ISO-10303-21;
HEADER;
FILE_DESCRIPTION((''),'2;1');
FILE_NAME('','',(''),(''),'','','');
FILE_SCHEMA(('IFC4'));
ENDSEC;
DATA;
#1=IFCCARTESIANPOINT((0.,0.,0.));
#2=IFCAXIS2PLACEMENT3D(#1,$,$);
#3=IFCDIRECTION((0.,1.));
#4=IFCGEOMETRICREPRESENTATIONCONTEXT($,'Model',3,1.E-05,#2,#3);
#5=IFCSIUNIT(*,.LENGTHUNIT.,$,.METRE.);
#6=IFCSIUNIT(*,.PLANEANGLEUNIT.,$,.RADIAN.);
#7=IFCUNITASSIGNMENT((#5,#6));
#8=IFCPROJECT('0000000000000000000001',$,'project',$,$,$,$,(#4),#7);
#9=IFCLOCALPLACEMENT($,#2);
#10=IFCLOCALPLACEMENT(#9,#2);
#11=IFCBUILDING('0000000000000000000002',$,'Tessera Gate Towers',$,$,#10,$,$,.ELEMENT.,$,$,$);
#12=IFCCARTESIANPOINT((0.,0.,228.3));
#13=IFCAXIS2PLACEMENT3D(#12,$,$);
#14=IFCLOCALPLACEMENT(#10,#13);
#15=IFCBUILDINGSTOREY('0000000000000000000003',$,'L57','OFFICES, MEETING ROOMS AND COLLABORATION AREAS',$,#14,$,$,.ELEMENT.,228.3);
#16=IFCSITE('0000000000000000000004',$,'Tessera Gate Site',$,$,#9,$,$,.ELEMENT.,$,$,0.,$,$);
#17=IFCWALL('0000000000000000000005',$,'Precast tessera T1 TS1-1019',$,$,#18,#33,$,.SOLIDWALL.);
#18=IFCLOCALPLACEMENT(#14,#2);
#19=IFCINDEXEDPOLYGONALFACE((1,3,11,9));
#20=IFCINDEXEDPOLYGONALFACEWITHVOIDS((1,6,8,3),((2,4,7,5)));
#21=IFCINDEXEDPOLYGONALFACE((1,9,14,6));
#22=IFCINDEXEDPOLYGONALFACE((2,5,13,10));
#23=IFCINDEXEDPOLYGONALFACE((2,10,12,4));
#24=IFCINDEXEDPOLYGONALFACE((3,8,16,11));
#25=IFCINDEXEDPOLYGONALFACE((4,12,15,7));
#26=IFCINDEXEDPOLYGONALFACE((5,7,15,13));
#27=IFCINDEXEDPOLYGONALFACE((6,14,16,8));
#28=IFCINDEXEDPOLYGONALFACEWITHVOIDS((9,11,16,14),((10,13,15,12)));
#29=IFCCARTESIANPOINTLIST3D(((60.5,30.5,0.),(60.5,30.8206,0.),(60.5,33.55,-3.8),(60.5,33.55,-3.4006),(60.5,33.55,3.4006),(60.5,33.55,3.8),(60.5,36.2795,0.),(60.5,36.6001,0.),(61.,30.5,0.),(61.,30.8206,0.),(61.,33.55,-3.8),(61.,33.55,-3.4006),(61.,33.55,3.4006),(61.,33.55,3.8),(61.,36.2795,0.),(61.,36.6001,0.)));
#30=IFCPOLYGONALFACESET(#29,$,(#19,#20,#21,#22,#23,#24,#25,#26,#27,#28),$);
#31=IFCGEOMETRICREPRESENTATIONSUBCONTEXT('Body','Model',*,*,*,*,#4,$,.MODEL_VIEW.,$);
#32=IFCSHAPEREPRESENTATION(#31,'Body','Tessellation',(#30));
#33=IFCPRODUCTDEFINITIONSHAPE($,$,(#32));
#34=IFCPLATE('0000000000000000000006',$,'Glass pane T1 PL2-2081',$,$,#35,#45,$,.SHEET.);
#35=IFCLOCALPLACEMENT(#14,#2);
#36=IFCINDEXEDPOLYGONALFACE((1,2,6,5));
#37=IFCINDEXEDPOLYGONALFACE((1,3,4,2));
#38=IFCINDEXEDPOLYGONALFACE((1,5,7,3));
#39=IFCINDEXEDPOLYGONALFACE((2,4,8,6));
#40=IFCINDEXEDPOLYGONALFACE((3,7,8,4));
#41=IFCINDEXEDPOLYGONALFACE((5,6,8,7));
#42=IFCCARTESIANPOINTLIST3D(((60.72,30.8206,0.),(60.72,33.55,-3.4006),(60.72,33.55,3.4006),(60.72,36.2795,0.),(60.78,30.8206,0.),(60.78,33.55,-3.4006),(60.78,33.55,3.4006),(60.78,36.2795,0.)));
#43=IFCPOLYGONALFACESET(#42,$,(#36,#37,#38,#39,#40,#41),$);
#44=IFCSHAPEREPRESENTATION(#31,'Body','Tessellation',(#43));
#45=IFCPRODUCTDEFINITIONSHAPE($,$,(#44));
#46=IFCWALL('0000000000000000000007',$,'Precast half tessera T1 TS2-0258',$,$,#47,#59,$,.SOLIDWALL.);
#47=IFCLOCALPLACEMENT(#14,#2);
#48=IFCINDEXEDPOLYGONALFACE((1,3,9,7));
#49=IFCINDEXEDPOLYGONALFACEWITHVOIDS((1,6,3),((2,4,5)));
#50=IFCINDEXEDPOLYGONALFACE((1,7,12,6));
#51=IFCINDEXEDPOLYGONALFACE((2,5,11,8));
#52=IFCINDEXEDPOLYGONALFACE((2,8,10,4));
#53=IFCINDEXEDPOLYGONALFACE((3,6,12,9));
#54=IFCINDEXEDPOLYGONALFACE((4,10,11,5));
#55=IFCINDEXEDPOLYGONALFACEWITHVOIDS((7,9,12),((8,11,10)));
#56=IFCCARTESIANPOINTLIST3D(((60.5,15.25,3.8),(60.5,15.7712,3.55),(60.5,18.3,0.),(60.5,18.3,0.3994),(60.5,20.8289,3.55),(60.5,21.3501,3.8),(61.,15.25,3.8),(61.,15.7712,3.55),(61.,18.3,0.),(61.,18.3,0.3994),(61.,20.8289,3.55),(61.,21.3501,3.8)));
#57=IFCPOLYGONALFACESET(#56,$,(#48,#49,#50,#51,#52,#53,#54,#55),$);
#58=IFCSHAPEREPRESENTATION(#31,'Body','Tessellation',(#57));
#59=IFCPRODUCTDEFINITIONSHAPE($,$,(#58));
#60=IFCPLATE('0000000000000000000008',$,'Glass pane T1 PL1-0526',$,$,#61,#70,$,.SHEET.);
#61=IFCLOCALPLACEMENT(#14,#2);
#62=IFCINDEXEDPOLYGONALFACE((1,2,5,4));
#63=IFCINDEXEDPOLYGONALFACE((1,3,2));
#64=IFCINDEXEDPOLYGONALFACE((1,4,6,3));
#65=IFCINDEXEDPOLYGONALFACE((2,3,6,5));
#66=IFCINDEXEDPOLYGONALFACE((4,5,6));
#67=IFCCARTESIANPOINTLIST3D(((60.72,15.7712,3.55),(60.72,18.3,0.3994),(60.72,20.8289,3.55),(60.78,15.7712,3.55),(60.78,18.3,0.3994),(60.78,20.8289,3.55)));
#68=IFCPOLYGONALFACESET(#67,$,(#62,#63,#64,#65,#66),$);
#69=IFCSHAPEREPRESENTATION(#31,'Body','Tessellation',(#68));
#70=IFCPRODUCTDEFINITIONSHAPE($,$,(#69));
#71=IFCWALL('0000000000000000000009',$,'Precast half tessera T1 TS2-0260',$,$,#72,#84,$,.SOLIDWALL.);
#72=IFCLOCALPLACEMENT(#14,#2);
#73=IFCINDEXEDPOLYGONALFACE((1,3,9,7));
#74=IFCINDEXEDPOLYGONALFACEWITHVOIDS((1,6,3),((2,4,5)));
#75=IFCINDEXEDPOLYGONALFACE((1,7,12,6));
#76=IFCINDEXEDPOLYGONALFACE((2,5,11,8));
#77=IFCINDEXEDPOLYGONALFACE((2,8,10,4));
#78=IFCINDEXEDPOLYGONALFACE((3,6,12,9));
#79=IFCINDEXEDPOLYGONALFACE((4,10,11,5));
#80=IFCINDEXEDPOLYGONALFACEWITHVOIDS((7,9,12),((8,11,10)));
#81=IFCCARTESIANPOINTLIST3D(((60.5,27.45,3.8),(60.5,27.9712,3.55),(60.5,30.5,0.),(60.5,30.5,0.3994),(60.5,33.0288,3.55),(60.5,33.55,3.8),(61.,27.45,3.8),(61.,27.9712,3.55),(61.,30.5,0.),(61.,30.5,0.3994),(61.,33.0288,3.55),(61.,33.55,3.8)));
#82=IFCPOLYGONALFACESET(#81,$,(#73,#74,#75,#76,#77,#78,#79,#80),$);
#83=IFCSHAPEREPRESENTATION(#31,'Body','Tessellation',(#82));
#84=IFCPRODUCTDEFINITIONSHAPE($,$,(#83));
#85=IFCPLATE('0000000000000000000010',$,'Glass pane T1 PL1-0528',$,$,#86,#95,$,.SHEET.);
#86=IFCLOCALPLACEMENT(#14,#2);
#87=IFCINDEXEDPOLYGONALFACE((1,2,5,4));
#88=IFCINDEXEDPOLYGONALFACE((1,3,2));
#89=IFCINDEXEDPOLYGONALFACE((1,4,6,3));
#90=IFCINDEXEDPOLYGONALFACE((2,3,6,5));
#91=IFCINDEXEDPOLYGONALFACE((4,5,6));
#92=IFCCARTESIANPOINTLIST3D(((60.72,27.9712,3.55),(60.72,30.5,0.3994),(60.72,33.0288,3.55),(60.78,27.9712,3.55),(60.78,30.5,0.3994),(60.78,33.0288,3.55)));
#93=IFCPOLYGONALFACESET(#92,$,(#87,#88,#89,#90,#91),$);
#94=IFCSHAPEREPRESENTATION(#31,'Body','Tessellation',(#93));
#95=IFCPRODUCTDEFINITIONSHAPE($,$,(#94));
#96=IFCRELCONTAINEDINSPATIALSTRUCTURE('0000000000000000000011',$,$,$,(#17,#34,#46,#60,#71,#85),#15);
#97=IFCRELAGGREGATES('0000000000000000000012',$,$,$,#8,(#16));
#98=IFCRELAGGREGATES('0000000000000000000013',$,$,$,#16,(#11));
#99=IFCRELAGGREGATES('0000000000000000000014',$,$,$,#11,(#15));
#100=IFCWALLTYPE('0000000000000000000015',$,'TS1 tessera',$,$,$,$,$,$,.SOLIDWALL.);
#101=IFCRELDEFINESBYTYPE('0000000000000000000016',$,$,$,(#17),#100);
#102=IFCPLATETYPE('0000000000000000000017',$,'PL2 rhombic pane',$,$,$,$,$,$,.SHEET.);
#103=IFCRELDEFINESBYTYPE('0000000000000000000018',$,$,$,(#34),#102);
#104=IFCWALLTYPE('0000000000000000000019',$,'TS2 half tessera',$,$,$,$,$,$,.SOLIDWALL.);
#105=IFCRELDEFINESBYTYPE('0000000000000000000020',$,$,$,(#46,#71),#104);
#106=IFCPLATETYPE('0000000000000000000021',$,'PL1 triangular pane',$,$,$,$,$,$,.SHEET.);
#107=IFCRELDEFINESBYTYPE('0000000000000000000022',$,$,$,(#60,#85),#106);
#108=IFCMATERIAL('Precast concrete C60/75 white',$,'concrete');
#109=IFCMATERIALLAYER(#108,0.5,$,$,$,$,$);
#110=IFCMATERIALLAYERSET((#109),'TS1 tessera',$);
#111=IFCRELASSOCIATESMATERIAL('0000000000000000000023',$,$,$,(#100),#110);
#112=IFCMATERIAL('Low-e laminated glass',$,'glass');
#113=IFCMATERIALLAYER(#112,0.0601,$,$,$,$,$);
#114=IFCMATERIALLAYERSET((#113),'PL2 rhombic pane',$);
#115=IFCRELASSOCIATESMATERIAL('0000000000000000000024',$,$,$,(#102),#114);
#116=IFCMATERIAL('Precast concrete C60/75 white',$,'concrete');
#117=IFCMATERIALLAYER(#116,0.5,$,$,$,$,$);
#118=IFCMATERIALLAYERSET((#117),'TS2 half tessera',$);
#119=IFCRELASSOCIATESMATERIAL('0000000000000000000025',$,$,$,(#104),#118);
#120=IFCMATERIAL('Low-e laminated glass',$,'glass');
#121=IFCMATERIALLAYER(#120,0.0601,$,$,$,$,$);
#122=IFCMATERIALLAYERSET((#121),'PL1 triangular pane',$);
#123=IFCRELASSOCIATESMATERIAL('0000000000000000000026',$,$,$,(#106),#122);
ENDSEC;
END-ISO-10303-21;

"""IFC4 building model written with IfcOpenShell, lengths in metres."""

from ifc_helpers import new_model, si_unit, direction, frame, origin, place, context, subcontext, project, spatial, polyline, outline, extrude, source, transform, mapped, material, layer, layer_set, type_object, element, fill, save


model = new_model("IFC4")

# Units and contexts
model_context = context("Model", 3, precision=1e-05, world=origin(), true_north=direction((0.0, 1.0)))
body_context = subcontext(model_context, "Body", "Model", "MODEL_VIEW")
ifc_project = project(units=[si_unit("LENGTHUNIT", "METRE"), si_unit("PLANEANGLEUNIT", "RADIAN")], contexts=[model_context])

# Site, building, storey
site_placement = place(None, origin())
site = spatial("IfcSite", under=ifc_project, at=site_placement, Name="Tessera Gate Site", CompositionType="ELEMENT", RefElevation=0.0)
building_placement = place(site_placement, origin())
building = spatial("IfcBuilding", under=site, at=building_placement, Name="Tessera Gate Towers", CompositionType="ELEMENT")
storey_placement = place(building_placement, frame((0.0, 0.0, 228.3)))
storey = spatial("IfcBuildingStorey", under=building, at=storey_placement, Name="L57", Description="OFFICES, MEETING ROOMS AND COLLABORATION AREAS", CompositionType="ELEMENT", Elevation=228.3)

# Walls, openings, plates
ifc_material_1 = material(Name="Precast concrete C60/75 white", Category="concrete")
ifc_layer_1 = layer(ifc_material_1, 0.5)
ifc_layer_set_1 = layer_set([ifc_layer_1], Name="TS1 tessera")
wall_type_1 = type_object("IfcWallType", Name="TS1 tessera", PredefinedType="SOLIDWALL", material=ifc_layer_set_1)
shared_shape_1 = source(origin(), body_context, "Body", "SweptSolid", [
    extrude(outline(polyline([(3.05, 0.0), (6.1001, 3.8), (3.05, 7.6001), (0.0, 3.8), (3.05, 0.0)])), frame((0.0, 0.25, 0.0), z_axis=(0.0, -1.0, 0.0), x_axis=(1.0, 0.0, 0.0)), (0.0, 0.0, 1.0), 0.5),
])
shared_shape_2 = source(origin(), body_context, "Body", "SweptSolid", [
    extrude(outline(polyline([(3.05, 0.3994), (5.7795, 3.8), (3.05, 7.2007), (0.3206, 3.8), (3.05, 0.3994)])), frame((0.0, 0.26, 0.0), z_axis=(0.0, -1.0, 0.0), x_axis=(1.0, 0.0, 0.0)), (0.0, 0.0, 1.0), 0.52),
])
ifc_material_2 = material(Name="Low-e laminated glass", Category="glass")
ifc_layer_2 = layer(ifc_material_2, 0.0601)
ifc_layer_set_2 = layer_set([ifc_layer_2], Name="PL2 rhombic pane")
plate_type_1 = type_object("IfcPlateType", Name="PL2 rhombic pane", PredefinedType="SHEET", material=ifc_layer_set_2)
shared_shape_3 = source(origin(), body_context, "Body", "SweptSolid", [
    extrude(outline(polyline([(3.05, 0.3994), (5.7795, 3.8), (3.05, 7.2007), (0.3206, 3.8), (3.05, 0.3994)])), frame((0.0, 0.03, 0.0), z_axis=(0.0, -1.0, 0.0), x_axis=(1.0, 0.0, 0.0)), (0.0, 0.0, 1.0), 0.0601),
])
wall_1_placement = place(storey_placement, frame((60.75, 30.5, -3.8), z_axis=(0.0, 0.0, 1.0), x_axis=(0.0, 1.0, 0.0)))
wall_1 = element("IfcWall", 1, at=wall_1_placement, inside=storey, type_object=wall_type_1, Name="Precast tessera T1 TS1-1019", PredefinedType="SOLIDWALL", context=body_context, shape_type="MappedRepresentation", body=[
    mapped(shared_shape_1, transform((0.0, 0.0, 0.0), scale=1.0)),
])
opening_1_placement = place(wall_1_placement, origin())
opening_1 = element("IfcOpeningElement", 2, at=opening_1_placement, cuts=wall_1, PredefinedType="OPENING", context=body_context, shape_type="MappedRepresentation", body=[
    mapped(shared_shape_2, transform((0.0, 0.0, 0.0), scale=1.0)),
])
plate_1_placement = place(opening_1_placement, origin())
plate_1 = element("IfcPlate", 3, at=plate_1_placement, inside=storey, type_object=plate_type_1, Name="Glass pane T1 PL2-2081", PredefinedType="SHEET", context=body_context, shape_type="MappedRepresentation", body=[
    mapped(shared_shape_3, transform((0.0, 0.0, 0.0), scale=1.0)),
])
fill(opening_1, plate_1)
ifc_material_3 = material(Name="Precast concrete C60/75 white", Category="concrete")
ifc_layer_3 = layer(ifc_material_3, 0.5)
ifc_layer_set_3 = layer_set([ifc_layer_3], Name="TS2 half tessera")
wall_type_2 = type_object("IfcWallType", Name="TS2 half tessera", PredefinedType="SOLIDWALL", material=ifc_layer_set_3)
shared_shape_4 = source(origin(), body_context, "Body", "SweptSolid", [
    extrude(outline(polyline([(3.05, 0.0), (6.1001, 3.8), (0.0, 3.8), (3.05, 0.0)])), frame((0.0, 0.25, 0.0), z_axis=(0.0, -1.0, 0.0), x_axis=(1.0, 0.0, 0.0)), (0.0, 0.0, 1.0), 0.5),
])
wall_2_placement = place(storey_placement, frame((60.75, 15.25, 0.0), z_axis=(0.0, 0.0, 1.0), x_axis=(0.0, 1.0, 0.0)))
wall_2 = element("IfcWall", 4, at=wall_2_placement, inside=storey, type_object=wall_type_2, Name="Precast half tessera T1 TS2-0258", PredefinedType="SOLIDWALL", context=body_context, shape_type="MappedRepresentation", body=[
    mapped(shared_shape_4, transform((0.0, 0.0, 0.0), scale=1.0)),
])
shared_shape_5 = source(origin(), body_context, "Body", "SweptSolid", [
    extrude(outline(polyline([(3.05, 0.3994), (5.5789, 3.55), (0.5212, 3.55), (3.05, 0.3994)])), frame((0.0, 0.26, 0.0), z_axis=(0.0, -1.0, 0.0), x_axis=(1.0, 0.0, 0.0)), (0.0, 0.0, 1.0), 0.52),
])
opening_2_placement = place(wall_2_placement, origin())
opening_2 = element("IfcOpeningElement", 5, at=opening_2_placement, cuts=wall_2, PredefinedType="OPENING", context=body_context, shape_type="MappedRepresentation", body=[
    mapped(shared_shape_5, transform((0.0, 0.0, 0.0), scale=1.0)),
])
ifc_material_4 = material(Name="Low-e laminated glass", Category="glass")
ifc_layer_4 = layer(ifc_material_4, 0.0601)
ifc_layer_set_4 = layer_set([ifc_layer_4], Name="PL1 triangular pane")
plate_type_2 = type_object("IfcPlateType", Name="PL1 triangular pane", PredefinedType="SHEET", material=ifc_layer_set_4)
shared_shape_6 = source(origin(), body_context, "Body", "SweptSolid", [
    extrude(outline(polyline([(3.05, 0.3994), (5.5789, 3.55), (0.5212, 3.55), (3.05, 0.3994)])), frame((0.0, 0.03, 0.0), z_axis=(0.0, -1.0, 0.0), x_axis=(1.0, 0.0, 0.0)), (0.0, 0.0, 1.0), 0.0601),
])
plate_2_placement = place(opening_2_placement, origin())
plate_2 = element("IfcPlate", 6, at=plate_2_placement, inside=storey, type_object=plate_type_2, Name="Glass pane T1 PL1-0526", PredefinedType="SHEET", context=body_context, shape_type="MappedRepresentation", body=[
    mapped(shared_shape_6, transform((0.0, 0.0, 0.0), scale=1.0)),
])
fill(opening_2, plate_2)
wall_3_placement = place(storey_placement, frame((60.75, 27.45, 0.0), z_axis=(0.0, 0.0, 1.0), x_axis=(0.0, 1.0, 0.0)))
wall_3 = element("IfcWall", 7, at=wall_3_placement, inside=storey, type_object=wall_type_2, Name="Precast half tessera T1 TS2-0260", PredefinedType="SOLIDWALL", context=body_context, shape_type="MappedRepresentation", body=[
    mapped(shared_shape_4, transform((0.0, 0.0, 0.0), scale=1.0)),
])
opening_3_placement = place(wall_3_placement, origin())
opening_3 = element("IfcOpeningElement", 8, at=opening_3_placement, cuts=wall_3, PredefinedType="OPENING", context=body_context, shape_type="MappedRepresentation", body=[
    mapped(shared_shape_5, transform((0.0, 0.0, 0.0), scale=1.0)),
])
plate_3_placement = place(opening_3_placement, origin())
plate_3 = element("IfcPlate", 9, at=plate_3_placement, inside=storey, type_object=plate_type_2, Name="Glass pane T1 PL1-0528", PredefinedType="SHEET", context=body_context, shape_type="MappedRepresentation", body=[
    mapped(shared_shape_6, transform((0.0, 0.0, 0.0), scale=1.0)),
])
fill(opening_3, plate_3)

save(model, "model.ifc")
